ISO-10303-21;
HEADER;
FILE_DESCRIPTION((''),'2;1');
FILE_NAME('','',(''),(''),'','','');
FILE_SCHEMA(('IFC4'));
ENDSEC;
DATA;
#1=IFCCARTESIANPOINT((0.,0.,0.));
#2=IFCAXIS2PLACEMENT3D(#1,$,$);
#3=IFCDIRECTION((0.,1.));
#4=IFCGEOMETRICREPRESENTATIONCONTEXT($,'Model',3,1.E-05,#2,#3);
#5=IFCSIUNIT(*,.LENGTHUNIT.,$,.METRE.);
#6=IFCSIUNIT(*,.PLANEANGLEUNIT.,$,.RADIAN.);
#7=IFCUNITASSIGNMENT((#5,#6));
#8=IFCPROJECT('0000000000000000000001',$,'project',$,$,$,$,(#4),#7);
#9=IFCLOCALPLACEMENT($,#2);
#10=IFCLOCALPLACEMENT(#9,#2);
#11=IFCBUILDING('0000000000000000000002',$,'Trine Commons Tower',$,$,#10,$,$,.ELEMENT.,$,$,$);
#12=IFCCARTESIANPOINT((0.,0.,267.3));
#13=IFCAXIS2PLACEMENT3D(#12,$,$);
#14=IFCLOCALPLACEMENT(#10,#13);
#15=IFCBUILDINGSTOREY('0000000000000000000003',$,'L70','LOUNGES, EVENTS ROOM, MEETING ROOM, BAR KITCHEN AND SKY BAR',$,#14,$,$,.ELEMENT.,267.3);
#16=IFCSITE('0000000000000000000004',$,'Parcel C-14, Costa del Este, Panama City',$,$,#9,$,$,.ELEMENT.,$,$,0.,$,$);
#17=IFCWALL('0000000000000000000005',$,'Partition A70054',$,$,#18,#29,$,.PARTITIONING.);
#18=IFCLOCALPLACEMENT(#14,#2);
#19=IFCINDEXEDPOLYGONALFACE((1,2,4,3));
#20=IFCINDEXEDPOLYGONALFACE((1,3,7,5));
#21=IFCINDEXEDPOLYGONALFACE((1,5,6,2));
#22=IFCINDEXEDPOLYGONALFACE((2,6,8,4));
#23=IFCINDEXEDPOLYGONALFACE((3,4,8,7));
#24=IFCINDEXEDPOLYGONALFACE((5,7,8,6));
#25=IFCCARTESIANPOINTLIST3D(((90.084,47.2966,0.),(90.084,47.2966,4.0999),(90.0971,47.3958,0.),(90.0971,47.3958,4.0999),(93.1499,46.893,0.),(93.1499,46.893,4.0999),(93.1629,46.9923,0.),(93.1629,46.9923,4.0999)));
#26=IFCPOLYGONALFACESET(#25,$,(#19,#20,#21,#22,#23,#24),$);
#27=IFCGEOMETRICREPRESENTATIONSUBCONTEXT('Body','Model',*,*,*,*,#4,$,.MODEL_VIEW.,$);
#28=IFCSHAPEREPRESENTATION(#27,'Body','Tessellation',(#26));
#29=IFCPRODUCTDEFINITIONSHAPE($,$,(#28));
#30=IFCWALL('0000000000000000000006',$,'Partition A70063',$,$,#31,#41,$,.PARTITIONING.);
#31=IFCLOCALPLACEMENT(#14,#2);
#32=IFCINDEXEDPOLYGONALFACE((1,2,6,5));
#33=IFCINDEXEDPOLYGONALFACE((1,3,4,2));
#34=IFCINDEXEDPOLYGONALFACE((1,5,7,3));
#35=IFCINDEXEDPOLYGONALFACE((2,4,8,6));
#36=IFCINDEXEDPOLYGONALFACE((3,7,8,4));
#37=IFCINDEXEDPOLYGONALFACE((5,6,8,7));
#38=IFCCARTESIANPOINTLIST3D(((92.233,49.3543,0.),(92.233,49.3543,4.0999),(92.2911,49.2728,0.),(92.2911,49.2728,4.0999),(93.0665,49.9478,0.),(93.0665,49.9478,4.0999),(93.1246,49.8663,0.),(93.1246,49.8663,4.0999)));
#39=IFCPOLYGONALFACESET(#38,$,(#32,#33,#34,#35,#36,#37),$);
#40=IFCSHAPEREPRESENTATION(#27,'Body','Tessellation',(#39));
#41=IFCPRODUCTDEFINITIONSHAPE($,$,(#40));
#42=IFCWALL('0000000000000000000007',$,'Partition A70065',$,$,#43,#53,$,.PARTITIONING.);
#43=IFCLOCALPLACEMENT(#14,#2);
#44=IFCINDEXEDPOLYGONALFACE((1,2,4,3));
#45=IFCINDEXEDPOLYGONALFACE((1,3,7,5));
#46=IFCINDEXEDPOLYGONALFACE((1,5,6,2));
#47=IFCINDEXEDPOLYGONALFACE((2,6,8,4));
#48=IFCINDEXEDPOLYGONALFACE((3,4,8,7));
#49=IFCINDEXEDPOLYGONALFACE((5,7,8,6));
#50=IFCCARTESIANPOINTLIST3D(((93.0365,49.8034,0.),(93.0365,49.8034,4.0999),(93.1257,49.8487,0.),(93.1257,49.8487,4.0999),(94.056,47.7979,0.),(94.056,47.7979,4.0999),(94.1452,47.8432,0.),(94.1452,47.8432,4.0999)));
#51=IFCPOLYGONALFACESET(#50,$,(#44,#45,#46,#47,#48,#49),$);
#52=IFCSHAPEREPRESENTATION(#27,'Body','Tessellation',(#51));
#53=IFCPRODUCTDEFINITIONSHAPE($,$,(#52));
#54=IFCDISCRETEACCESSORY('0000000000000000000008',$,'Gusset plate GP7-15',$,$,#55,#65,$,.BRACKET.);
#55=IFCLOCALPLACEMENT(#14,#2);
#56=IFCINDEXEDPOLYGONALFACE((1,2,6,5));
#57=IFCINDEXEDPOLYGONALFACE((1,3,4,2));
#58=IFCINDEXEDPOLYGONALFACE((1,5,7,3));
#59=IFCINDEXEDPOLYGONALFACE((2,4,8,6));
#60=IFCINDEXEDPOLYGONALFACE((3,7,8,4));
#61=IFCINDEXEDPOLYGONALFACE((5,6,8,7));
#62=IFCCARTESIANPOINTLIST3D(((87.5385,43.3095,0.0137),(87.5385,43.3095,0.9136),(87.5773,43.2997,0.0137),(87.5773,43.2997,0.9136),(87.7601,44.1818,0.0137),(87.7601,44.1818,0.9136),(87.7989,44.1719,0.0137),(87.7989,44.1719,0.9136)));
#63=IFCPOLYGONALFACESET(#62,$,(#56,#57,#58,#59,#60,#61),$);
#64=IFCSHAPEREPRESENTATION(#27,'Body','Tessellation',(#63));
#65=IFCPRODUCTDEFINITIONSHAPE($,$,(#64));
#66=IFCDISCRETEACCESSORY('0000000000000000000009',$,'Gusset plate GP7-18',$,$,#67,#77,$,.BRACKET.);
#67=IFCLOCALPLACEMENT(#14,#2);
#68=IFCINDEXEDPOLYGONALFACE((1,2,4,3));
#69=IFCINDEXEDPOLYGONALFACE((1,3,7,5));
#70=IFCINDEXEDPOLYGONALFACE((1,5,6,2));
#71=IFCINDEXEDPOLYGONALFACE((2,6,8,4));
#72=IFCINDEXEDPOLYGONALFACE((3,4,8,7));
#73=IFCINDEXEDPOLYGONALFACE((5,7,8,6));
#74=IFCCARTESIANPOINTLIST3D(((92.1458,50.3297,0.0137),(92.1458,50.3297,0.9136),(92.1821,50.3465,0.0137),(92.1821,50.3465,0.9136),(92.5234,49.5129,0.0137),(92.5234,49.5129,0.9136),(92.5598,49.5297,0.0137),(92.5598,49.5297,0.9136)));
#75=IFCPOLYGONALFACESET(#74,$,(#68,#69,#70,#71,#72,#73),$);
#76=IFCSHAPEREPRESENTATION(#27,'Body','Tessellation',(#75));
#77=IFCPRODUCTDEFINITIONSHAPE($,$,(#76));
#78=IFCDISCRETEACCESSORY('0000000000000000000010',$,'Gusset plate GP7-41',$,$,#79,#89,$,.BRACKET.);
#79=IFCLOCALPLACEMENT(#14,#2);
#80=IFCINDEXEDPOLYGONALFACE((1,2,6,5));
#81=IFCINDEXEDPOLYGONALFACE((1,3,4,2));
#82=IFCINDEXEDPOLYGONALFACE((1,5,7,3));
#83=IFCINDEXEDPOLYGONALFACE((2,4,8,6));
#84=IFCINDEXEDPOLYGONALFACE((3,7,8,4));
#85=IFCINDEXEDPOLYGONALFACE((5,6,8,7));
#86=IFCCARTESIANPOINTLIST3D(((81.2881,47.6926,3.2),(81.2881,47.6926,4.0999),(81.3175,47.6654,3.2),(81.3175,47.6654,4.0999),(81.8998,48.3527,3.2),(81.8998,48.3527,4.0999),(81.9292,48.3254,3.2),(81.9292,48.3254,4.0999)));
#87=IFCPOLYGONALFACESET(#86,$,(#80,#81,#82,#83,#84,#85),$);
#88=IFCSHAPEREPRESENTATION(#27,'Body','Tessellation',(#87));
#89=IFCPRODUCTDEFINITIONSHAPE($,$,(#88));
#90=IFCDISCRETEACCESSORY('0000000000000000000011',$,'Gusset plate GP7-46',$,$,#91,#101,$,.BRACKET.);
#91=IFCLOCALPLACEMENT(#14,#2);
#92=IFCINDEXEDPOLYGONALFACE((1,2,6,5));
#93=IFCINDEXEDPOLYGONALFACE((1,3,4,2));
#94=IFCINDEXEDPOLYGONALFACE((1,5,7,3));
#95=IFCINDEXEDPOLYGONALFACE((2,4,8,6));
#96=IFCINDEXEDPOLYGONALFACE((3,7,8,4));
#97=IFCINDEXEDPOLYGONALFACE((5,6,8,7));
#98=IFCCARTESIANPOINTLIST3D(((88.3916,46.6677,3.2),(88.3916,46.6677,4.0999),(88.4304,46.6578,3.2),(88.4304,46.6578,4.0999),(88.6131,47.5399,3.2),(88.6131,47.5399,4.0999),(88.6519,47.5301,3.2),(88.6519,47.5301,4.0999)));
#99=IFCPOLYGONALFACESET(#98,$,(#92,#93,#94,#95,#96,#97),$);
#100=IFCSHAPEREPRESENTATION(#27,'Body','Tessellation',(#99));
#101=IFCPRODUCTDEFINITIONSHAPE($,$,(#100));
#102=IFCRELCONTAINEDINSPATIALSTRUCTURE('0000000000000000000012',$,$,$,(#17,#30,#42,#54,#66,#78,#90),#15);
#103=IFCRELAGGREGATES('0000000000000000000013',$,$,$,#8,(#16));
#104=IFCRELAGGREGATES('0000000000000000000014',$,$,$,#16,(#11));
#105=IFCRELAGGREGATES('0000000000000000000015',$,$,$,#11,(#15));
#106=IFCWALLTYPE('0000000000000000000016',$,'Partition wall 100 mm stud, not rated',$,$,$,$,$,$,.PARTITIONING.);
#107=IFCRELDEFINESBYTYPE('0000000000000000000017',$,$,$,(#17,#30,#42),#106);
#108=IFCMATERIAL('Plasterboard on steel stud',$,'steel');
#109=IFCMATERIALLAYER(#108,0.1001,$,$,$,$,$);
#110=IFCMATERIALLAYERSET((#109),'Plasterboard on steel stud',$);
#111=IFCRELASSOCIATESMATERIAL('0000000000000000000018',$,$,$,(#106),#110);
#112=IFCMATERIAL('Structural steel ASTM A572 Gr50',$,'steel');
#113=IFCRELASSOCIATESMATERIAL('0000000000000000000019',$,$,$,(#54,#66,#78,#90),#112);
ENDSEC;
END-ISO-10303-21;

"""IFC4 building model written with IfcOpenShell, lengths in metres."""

from ifc_helpers import new_model, si_unit, direction, frame, frame_2d, origin, origin_2d, place, context, subcontext, project, spatial, rectangle, extrude, material, layer, layer_set, type_object, element, save


model = new_model("IFC4")

# Units and contexts
model_context = context("Model", 3, precision=1e-05, world=origin(), true_north=direction((0.0, 1.0)))
body_context = subcontext(model_context, "Body", "Model", "MODEL_VIEW")
ifc_project = project(units=[si_unit("LENGTHUNIT", "METRE"), si_unit("PLANEANGLEUNIT", "RADIAN")], contexts=[model_context])

# Site, building, storey
site_placement = place(None, origin())
site = spatial("IfcSite", under=ifc_project, at=site_placement, Name="Parcel C-14, Costa del Este, Panama City", CompositionType="ELEMENT", RefElevation=0.0)
building_placement = place(site_placement, origin())
building = spatial("IfcBuilding", under=site, at=building_placement, Name="Trine Commons Tower", CompositionType="ELEMENT")
storey_placement = place(building_placement, frame((0.0, 0.0, 267.3)))
storey = spatial("IfcBuildingStorey", under=building, at=storey_placement, Name="L70", Description="LOUNGES, EVENTS ROOM, MEETING ROOM, BAR KITCHEN AND SKY BAR", CompositionType="ELEMENT", Elevation=267.3)

# Walls
ifc_material_1 = material(Name="Plasterboard on steel stud", Category="steel")
ifc_layer_1 = layer(ifc_material_1, 0.1001)
ifc_layer_set_1 = layer_set([ifc_layer_1], Name="Plasterboard on steel stud")
wall_type_1 = type_object("IfcWallType", Name="Partition wall 100 mm stud, not rated", PredefinedType="PARTITIONING", material=ifc_layer_set_1)
wall_1_placement = place(storey_placement, frame((90.0906, 47.3462, 0.0), z_axis=(0.0, 0.0, 1.0), x_axis=(0.991448, -0.130504, 0.0)))
element("IfcWall", 1, at=wall_1_placement, inside=storey, type_object=wall_type_1, Name="Partition A70054", PredefinedType="PARTITIONING", context=body_context, shape_type="SweptSolid", body=[
    extrude(rectangle(XDim=3.0923, YDim=0.1001, at=frame_2d((1.5461, 0.0))), origin(), (0.0, 0.0, 1.0), 4.0999),
])
wall_2_placement = place(storey_placement, frame((92.262, 49.3135, 0.0), z_axis=(0.0, 0.0, 1.0), x_axis=(0.814587, 0.580041, 0.0)))
element("IfcWall", 2, at=wall_2_placement, inside=storey, type_object=wall_type_1, Name="Partition A70063", PredefinedType="PARTITIONING", context=body_context, shape_type="SweptSolid", body=[
    extrude(rectangle(XDim=1.0232, YDim=0.1001, at=frame_2d((0.5117, 0.0))), origin(), (0.0, 0.0, 1.0), 4.0999),
])
wall_3_placement = place(storey_placement, frame((93.0811, 49.8262, 0.0), z_axis=(0.0, 0.0, 1.0), x_axis=(0.45315, -0.891434, 0.0)))
element("IfcWall", 3, at=wall_3_placement, inside=storey, type_object=wall_type_1, Name="Partition A70065", PredefinedType="PARTITIONING", context=body_context, shape_type="SweptSolid", body=[
    extrude(rectangle(XDim=2.2498, YDim=0.1001, at=frame_2d((1.125, 0.0))), origin(), (0.0, 0.0, 1.0), 4.0999),
])

# Discrete accessories
ifc_material_2 = material(Name="Structural steel ASTM A572 Gr50", Category="steel")
for number, where, z_axis, x_axis, name in (
    (4, (87.6687, 43.7407, 0.0137), (0.0, 0.0, 1.0), (0.246153, 0.969231, 0.0), "Gusset plate GP7-15"),
    (5, (92.3528, 49.9297, 0.0137), (0.0, 0.0, 1.0), (-0.419658, 0.907682, 0.0), "Gusset plate GP7-18"),
    (6, (81.6086, 48.009, 3.2), (0.0, 0.0, 1.0), (0.679749, 0.733445, 0.0), "Gusset plate GP7-41"),
    (7, (88.5217, 47.0989, 3.2), (0.0, 0.0, 1.0), (0.246153, 0.969231, 0.0), "Gusset plate GP7-46"),
):
    element("IfcDiscreteAccessory", number, at=place(storey_placement, frame(where, z_axis=z_axis, x_axis=x_axis)), inside=storey, material=ifc_material_2, Name=name, PredefinedType="BRACKET", context=body_context, shape_type="SweptSolid", body=[
        extrude(rectangle(XDim=0.8999, YDim=0.04, at=origin_2d()), origin(), (0.0, 0.0, 1.0), 0.8999),
    ])

save(model, "model.ifc")
